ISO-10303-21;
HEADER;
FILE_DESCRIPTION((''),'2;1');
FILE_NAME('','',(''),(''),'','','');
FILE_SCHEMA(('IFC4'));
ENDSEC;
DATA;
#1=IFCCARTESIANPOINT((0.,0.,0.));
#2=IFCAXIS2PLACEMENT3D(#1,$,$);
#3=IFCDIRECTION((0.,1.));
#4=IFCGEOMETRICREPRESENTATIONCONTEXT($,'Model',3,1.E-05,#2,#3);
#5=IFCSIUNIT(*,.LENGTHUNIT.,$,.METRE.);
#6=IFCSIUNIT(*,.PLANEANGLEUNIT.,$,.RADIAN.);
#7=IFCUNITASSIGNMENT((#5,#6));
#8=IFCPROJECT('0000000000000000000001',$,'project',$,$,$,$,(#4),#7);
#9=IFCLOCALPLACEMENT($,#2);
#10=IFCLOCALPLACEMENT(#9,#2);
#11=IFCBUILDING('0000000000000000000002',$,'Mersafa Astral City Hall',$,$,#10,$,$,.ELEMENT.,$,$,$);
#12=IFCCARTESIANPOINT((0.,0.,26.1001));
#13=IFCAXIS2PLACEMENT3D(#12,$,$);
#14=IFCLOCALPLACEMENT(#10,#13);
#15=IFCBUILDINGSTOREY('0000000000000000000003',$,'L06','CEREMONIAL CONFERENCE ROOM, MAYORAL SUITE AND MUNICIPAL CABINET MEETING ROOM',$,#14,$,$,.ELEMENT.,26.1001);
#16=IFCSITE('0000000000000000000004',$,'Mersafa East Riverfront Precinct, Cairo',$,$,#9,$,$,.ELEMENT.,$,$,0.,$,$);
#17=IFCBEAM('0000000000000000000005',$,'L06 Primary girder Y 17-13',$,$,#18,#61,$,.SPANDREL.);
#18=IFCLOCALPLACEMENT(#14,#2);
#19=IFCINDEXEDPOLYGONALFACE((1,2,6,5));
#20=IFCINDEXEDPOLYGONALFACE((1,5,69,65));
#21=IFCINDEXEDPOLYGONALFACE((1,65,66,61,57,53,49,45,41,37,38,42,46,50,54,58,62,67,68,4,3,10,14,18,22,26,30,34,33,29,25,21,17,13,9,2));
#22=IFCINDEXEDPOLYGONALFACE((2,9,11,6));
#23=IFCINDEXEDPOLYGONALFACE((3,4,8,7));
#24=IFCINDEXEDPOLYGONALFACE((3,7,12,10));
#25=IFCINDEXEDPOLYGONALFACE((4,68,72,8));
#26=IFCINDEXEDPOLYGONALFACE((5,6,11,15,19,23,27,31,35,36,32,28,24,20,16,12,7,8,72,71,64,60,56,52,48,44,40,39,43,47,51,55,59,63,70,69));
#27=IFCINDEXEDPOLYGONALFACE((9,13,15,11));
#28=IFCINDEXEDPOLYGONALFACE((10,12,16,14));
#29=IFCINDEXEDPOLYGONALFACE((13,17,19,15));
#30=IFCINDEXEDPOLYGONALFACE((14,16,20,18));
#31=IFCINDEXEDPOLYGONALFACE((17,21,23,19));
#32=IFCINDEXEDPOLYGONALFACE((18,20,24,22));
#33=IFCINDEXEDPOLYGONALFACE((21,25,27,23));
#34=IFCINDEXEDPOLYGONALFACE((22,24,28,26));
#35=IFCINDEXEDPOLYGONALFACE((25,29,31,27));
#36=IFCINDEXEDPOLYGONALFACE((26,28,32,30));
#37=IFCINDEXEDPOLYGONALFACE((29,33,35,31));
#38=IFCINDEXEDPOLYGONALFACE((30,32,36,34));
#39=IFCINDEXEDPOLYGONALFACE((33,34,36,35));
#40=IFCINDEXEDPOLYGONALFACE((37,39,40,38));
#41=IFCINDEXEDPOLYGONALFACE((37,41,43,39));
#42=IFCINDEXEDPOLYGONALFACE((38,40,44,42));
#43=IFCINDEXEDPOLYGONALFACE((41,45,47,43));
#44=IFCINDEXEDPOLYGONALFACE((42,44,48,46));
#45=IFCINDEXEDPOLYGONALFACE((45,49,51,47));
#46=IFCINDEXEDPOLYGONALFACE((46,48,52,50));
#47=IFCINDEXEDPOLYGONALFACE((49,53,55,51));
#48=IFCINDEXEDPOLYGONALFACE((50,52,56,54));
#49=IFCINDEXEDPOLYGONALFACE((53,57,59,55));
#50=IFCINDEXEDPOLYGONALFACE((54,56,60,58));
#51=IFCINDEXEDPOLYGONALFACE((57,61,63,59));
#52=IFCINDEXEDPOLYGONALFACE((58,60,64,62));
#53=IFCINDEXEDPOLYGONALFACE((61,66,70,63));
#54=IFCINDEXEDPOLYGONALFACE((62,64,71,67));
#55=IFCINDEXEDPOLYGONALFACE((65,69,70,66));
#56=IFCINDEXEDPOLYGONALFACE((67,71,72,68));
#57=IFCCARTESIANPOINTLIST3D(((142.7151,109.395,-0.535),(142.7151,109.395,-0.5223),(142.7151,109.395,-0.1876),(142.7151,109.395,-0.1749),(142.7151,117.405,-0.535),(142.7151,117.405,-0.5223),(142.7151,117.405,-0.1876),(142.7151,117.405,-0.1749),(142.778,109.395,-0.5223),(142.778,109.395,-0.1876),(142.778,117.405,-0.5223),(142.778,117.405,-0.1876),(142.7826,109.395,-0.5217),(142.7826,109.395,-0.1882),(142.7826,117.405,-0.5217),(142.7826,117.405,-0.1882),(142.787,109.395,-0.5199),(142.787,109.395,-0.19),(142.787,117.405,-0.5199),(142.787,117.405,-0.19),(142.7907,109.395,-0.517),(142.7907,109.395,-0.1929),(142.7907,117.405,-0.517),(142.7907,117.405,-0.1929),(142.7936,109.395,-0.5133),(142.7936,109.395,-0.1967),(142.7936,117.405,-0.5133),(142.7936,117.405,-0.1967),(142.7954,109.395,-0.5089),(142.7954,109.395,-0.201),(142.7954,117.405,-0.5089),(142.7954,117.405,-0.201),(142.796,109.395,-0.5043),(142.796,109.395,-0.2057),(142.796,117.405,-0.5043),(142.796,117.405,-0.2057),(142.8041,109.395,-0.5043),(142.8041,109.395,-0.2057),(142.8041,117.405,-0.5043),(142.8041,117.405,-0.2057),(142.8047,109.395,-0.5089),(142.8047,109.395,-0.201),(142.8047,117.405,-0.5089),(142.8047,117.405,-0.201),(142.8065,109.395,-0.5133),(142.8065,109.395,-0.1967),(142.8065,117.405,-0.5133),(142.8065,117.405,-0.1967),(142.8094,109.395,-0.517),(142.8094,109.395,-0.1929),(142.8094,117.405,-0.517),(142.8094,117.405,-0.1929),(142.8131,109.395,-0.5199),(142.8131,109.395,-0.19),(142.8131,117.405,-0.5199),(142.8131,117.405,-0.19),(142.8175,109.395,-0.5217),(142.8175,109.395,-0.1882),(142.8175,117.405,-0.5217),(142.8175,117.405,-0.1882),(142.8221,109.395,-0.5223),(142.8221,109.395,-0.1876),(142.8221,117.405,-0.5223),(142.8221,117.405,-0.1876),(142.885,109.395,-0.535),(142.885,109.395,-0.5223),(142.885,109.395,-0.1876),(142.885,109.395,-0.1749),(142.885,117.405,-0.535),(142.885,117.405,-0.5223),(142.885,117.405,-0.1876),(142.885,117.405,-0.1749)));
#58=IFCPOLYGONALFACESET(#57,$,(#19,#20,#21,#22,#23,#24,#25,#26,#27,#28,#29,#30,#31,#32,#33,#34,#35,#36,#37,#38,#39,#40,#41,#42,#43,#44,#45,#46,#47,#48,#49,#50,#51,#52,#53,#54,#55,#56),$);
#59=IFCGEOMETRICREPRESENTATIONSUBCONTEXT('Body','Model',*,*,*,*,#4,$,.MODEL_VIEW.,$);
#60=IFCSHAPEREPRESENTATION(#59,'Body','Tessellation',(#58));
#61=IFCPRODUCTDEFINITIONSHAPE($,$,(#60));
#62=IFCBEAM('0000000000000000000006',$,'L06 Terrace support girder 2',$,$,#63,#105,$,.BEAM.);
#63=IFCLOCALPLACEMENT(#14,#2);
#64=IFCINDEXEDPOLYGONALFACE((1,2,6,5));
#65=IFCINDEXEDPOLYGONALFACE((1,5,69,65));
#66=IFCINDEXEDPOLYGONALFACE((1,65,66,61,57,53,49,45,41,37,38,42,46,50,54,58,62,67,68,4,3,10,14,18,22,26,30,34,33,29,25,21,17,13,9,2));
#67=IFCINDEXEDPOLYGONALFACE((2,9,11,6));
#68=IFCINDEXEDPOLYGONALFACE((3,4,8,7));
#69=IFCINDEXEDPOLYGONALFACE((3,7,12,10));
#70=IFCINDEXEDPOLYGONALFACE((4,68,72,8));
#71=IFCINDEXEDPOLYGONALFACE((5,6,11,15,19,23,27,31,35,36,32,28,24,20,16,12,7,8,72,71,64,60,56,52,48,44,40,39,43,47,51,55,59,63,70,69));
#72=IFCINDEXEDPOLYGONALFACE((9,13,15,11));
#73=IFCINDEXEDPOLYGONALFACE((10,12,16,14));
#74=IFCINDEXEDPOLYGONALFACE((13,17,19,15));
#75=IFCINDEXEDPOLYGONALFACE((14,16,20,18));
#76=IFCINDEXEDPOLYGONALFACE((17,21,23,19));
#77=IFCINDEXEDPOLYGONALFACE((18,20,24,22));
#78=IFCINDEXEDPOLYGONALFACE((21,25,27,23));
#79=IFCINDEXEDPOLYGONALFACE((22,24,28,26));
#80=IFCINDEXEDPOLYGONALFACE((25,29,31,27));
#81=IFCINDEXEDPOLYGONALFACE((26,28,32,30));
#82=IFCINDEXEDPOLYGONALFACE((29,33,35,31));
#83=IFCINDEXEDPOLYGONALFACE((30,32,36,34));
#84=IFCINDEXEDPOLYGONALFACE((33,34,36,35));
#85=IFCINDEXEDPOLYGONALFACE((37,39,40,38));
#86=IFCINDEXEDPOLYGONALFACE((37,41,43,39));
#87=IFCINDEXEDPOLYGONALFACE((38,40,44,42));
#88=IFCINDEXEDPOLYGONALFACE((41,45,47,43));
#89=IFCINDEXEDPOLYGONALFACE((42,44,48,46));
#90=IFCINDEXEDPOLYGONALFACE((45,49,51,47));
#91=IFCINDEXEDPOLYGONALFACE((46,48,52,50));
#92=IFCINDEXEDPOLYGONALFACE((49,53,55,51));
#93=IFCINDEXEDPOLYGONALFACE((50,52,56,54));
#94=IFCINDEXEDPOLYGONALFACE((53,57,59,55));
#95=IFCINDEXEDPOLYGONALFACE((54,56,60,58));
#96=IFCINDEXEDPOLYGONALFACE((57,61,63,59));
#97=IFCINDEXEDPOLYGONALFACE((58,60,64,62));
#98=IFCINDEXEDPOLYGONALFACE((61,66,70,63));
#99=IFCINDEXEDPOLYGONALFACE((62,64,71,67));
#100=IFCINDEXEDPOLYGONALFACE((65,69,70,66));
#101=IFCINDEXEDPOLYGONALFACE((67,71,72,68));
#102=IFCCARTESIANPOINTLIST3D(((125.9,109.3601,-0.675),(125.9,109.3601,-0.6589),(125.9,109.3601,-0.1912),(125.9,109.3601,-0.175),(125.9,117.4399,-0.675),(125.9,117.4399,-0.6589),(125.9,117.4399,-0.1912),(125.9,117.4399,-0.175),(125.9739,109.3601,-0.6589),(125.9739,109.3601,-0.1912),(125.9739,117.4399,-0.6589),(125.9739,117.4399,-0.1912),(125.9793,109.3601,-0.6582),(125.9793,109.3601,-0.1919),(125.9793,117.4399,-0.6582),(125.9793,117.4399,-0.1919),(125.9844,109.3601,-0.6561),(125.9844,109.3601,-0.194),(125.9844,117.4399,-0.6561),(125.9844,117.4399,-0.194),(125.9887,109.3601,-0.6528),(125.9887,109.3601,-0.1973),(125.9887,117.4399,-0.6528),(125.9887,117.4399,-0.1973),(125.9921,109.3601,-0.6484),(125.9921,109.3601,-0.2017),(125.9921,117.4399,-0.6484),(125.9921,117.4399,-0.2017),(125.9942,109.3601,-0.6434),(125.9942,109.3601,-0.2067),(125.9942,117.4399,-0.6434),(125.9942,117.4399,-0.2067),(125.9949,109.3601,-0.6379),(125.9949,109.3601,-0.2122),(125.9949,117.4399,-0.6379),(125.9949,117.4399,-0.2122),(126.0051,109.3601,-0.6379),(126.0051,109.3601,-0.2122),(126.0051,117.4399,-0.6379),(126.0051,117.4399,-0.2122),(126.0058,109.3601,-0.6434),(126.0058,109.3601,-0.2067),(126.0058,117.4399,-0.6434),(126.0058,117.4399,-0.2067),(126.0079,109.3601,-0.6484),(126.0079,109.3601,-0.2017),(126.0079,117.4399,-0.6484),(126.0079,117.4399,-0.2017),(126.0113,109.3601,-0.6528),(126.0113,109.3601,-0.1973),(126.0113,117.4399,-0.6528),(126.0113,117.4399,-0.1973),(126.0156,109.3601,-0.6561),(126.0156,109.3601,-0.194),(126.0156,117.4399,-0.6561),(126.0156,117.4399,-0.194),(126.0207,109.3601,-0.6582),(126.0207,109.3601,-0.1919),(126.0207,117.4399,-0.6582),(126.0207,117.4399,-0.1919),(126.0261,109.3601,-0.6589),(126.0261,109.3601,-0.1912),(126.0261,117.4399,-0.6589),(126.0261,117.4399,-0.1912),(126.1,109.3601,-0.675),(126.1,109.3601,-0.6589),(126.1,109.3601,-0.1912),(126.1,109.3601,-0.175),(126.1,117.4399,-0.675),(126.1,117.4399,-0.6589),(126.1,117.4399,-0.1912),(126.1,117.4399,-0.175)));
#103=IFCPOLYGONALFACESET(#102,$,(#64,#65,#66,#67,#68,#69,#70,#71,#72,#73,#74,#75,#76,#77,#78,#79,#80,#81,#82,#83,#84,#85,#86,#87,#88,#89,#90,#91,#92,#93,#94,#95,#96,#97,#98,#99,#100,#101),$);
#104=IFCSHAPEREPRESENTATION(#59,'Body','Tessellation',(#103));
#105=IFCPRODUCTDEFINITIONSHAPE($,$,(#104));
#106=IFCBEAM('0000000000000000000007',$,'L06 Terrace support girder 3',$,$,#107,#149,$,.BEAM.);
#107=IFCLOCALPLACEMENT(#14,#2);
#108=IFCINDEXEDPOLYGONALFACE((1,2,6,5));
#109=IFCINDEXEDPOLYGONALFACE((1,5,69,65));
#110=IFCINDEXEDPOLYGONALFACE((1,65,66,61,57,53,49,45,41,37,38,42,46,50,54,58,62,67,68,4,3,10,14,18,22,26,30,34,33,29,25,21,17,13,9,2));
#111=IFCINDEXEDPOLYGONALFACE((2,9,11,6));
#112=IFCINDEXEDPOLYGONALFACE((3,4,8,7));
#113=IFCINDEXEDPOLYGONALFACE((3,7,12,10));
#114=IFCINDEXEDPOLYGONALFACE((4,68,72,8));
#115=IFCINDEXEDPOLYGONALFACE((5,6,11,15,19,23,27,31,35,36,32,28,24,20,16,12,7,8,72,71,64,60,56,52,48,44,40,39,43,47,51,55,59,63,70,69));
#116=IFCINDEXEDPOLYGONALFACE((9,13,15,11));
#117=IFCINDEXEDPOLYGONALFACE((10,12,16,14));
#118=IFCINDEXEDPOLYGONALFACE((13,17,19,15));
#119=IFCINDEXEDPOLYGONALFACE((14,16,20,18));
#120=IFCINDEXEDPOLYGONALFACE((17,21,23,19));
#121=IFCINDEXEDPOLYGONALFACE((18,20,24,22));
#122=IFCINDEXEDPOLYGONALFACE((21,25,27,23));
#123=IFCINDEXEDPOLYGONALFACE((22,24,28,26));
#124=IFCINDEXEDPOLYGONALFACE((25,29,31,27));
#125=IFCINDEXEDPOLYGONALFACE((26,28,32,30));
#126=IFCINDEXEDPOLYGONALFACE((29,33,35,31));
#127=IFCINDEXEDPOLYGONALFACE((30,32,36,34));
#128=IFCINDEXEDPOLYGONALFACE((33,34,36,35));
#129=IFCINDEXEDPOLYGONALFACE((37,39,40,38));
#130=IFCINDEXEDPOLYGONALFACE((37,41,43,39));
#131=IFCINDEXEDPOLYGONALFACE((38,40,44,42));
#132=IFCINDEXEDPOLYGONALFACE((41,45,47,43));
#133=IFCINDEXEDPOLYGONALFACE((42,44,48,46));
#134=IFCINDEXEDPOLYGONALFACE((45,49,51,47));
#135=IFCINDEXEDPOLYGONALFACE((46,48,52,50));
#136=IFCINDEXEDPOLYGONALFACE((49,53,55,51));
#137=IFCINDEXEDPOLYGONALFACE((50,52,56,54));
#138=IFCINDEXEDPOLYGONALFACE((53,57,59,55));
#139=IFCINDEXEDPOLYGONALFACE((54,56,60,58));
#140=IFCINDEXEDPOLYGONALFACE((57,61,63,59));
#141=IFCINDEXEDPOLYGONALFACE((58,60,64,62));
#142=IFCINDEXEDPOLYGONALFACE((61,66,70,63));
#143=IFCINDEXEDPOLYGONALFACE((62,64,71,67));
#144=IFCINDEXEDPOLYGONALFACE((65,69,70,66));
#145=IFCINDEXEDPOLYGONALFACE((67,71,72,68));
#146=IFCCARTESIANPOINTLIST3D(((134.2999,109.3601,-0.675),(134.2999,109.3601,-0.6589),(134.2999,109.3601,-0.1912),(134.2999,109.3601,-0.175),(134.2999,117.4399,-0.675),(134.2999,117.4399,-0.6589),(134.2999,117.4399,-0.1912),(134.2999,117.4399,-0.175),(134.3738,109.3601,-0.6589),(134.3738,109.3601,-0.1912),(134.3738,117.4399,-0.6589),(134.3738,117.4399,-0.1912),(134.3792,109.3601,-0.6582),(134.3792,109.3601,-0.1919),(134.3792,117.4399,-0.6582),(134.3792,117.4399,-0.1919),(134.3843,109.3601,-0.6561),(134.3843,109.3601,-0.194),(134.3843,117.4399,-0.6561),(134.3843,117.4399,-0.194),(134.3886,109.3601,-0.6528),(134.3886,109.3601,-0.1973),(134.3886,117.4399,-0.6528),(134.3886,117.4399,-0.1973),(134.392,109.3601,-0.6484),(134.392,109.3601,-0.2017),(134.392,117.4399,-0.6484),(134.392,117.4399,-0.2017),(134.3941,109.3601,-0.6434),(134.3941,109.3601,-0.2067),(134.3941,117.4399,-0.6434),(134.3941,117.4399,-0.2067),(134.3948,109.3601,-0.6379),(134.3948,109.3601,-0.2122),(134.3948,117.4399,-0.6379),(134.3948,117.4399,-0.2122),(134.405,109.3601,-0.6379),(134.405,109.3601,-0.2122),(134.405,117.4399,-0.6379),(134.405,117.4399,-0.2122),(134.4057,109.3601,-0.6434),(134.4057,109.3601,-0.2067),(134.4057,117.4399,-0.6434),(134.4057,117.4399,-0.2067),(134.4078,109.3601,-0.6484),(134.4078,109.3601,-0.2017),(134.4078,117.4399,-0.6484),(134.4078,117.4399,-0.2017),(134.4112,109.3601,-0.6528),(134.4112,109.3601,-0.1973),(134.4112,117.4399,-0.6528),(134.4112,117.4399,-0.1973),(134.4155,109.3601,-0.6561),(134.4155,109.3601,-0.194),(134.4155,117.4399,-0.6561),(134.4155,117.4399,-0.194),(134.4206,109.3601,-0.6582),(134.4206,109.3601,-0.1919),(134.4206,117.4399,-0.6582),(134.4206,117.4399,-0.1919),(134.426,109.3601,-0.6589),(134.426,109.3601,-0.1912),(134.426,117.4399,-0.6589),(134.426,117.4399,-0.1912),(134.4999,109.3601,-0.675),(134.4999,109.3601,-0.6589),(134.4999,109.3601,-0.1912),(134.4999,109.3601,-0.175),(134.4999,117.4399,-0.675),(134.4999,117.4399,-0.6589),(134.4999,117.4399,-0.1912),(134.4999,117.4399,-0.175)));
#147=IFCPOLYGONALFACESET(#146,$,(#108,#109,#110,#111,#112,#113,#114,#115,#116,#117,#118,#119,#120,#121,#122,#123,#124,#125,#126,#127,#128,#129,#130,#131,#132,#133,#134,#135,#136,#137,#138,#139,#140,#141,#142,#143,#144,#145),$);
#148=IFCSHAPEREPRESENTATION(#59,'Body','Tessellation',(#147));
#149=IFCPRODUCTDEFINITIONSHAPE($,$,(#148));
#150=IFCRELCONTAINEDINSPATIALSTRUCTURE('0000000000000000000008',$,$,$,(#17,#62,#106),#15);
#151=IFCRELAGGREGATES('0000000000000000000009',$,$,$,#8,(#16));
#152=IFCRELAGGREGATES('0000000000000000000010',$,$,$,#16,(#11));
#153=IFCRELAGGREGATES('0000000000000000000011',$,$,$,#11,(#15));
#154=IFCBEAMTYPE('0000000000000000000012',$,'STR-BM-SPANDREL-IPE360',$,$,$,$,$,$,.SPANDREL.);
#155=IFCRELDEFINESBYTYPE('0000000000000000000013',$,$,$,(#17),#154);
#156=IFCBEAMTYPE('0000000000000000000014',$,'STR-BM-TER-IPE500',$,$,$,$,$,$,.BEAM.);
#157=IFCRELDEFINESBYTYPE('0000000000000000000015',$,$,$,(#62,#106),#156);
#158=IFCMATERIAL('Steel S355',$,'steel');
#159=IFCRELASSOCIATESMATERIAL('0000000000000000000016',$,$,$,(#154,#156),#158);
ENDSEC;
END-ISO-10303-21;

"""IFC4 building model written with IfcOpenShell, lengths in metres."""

from ifc_helpers import new_model, si_unit, direction, frame, origin, origin_2d, place, context, subcontext, project, spatial, i_section, extrude, material, material_profile, profile_set, type_object, element, save


model = new_model("IFC4")

# Units and contexts
model_context = context("Model", 3, precision=1e-05, world=origin(), true_north=direction((0.0, 1.0)))
body_context = subcontext(model_context, "Body", "Model", "MODEL_VIEW")
ifc_project = project(units=[si_unit("LENGTHUNIT", "METRE"), si_unit("PLANEANGLEUNIT", "RADIAN")], contexts=[model_context])

# Site, building, storey
site_placement = place(None, origin())
site = spatial("IfcSite", under=ifc_project, at=site_placement, Name="Mersafa East Riverfront Precinct, Cairo", CompositionType="ELEMENT", RefElevation=0.0)
building_placement = place(site_placement, origin())
building = spatial("IfcBuilding", under=site, at=building_placement, Name="Mersafa Astral City Hall", CompositionType="ELEMENT")
storey_placement = place(building_placement, frame((0.0, 0.0, 26.1001)))
storey = spatial("IfcBuildingStorey", under=building, at=storey_placement, Name="L06", Description="CEREMONIAL CONFERENCE ROOM, MAYORAL SUITE AND MUNICIPAL CABINET MEETING ROOM", CompositionType="ELEMENT", Elevation=26.1001)

# Shared definitions
ifc_material_1 = material(Name="Steel S355", Category="steel")

# Beams
ifc_material_profile_1 = material_profile(ifc_material_1, i_section(OverallWidth=0.1699, OverallDepth=0.3601, WebThickness=0.0081, FlangeThickness=0.0127, FilletRadius=0.0181, at=origin_2d()), Name="IPE 360")
ifc_profile_set_1 = profile_set([ifc_material_profile_1], Name="Steel S355")
beam_type_1 = type_object("IfcBeamType", Name="STR-BM-SPANDREL-IPE360", PredefinedType="SPANDREL", material=ifc_profile_set_1)
beam_1_placement = place(storey_placement, frame((142.8, 109.395, -0.355), z_axis=(0.0, 1.0, 0.0), x_axis=(-1.0, 0.0, 0.0)))
element("IfcBeam", 1, at=beam_1_placement, inside=storey, type_object=beam_type_1, Name="L06 Primary girder Y 17-13", PredefinedType="SPANDREL", context=body_context, shape_type="SweptSolid", body=[
    extrude(i_section(OverallWidth=0.1699, OverallDepth=0.3601, WebThickness=0.0081, FlangeThickness=0.0127, FilletRadius=0.0181, at=origin_2d()), origin(), (0.0, 0.0, 1.0), 8.01),
])
ifc_material_profile_2 = material_profile(ifc_material_1, i_section(OverallWidth=0.2, OverallDepth=0.5, WebThickness=0.0103, FlangeThickness=0.0161, FilletRadius=0.021, at=origin_2d()), Name="IPE 500")
ifc_profile_set_2 = profile_set([ifc_material_profile_2], Name="Steel S355")
beam_type_2 = type_object("IfcBeamType", Name="STR-BM-TER-IPE500", PredefinedType="BEAM", material=ifc_profile_set_2)
for number, where, z_axis, x_axis, name in (
    (2, (126.0, 109.3601, -0.425), (0.0, 1.0, 0.0), (-1.0, 0.0, 0.0), "L06 Terrace support girder 2"),
    (3, (134.3999, 109.3601, -0.425), (0.0, 1.0, 0.0), (-1.0, 0.0, 0.0), "L06 Terrace support girder 3"),
):
    element("IfcBeam", number, at=place(storey_placement, frame(where, z_axis=z_axis, x_axis=x_axis)), inside=storey, type_object=beam_type_2, Name=name, PredefinedType="BEAM", context=body_context, shape_type="SweptSolid", body=[
        extrude(i_section(OverallWidth=0.2, OverallDepth=0.5, WebThickness=0.0103, FlangeThickness=0.0161, FilletRadius=0.021, at=origin_2d()), origin(), (0.0, 0.0, 1.0), 8.0798),
    ])

save(model, "model.ifc")
